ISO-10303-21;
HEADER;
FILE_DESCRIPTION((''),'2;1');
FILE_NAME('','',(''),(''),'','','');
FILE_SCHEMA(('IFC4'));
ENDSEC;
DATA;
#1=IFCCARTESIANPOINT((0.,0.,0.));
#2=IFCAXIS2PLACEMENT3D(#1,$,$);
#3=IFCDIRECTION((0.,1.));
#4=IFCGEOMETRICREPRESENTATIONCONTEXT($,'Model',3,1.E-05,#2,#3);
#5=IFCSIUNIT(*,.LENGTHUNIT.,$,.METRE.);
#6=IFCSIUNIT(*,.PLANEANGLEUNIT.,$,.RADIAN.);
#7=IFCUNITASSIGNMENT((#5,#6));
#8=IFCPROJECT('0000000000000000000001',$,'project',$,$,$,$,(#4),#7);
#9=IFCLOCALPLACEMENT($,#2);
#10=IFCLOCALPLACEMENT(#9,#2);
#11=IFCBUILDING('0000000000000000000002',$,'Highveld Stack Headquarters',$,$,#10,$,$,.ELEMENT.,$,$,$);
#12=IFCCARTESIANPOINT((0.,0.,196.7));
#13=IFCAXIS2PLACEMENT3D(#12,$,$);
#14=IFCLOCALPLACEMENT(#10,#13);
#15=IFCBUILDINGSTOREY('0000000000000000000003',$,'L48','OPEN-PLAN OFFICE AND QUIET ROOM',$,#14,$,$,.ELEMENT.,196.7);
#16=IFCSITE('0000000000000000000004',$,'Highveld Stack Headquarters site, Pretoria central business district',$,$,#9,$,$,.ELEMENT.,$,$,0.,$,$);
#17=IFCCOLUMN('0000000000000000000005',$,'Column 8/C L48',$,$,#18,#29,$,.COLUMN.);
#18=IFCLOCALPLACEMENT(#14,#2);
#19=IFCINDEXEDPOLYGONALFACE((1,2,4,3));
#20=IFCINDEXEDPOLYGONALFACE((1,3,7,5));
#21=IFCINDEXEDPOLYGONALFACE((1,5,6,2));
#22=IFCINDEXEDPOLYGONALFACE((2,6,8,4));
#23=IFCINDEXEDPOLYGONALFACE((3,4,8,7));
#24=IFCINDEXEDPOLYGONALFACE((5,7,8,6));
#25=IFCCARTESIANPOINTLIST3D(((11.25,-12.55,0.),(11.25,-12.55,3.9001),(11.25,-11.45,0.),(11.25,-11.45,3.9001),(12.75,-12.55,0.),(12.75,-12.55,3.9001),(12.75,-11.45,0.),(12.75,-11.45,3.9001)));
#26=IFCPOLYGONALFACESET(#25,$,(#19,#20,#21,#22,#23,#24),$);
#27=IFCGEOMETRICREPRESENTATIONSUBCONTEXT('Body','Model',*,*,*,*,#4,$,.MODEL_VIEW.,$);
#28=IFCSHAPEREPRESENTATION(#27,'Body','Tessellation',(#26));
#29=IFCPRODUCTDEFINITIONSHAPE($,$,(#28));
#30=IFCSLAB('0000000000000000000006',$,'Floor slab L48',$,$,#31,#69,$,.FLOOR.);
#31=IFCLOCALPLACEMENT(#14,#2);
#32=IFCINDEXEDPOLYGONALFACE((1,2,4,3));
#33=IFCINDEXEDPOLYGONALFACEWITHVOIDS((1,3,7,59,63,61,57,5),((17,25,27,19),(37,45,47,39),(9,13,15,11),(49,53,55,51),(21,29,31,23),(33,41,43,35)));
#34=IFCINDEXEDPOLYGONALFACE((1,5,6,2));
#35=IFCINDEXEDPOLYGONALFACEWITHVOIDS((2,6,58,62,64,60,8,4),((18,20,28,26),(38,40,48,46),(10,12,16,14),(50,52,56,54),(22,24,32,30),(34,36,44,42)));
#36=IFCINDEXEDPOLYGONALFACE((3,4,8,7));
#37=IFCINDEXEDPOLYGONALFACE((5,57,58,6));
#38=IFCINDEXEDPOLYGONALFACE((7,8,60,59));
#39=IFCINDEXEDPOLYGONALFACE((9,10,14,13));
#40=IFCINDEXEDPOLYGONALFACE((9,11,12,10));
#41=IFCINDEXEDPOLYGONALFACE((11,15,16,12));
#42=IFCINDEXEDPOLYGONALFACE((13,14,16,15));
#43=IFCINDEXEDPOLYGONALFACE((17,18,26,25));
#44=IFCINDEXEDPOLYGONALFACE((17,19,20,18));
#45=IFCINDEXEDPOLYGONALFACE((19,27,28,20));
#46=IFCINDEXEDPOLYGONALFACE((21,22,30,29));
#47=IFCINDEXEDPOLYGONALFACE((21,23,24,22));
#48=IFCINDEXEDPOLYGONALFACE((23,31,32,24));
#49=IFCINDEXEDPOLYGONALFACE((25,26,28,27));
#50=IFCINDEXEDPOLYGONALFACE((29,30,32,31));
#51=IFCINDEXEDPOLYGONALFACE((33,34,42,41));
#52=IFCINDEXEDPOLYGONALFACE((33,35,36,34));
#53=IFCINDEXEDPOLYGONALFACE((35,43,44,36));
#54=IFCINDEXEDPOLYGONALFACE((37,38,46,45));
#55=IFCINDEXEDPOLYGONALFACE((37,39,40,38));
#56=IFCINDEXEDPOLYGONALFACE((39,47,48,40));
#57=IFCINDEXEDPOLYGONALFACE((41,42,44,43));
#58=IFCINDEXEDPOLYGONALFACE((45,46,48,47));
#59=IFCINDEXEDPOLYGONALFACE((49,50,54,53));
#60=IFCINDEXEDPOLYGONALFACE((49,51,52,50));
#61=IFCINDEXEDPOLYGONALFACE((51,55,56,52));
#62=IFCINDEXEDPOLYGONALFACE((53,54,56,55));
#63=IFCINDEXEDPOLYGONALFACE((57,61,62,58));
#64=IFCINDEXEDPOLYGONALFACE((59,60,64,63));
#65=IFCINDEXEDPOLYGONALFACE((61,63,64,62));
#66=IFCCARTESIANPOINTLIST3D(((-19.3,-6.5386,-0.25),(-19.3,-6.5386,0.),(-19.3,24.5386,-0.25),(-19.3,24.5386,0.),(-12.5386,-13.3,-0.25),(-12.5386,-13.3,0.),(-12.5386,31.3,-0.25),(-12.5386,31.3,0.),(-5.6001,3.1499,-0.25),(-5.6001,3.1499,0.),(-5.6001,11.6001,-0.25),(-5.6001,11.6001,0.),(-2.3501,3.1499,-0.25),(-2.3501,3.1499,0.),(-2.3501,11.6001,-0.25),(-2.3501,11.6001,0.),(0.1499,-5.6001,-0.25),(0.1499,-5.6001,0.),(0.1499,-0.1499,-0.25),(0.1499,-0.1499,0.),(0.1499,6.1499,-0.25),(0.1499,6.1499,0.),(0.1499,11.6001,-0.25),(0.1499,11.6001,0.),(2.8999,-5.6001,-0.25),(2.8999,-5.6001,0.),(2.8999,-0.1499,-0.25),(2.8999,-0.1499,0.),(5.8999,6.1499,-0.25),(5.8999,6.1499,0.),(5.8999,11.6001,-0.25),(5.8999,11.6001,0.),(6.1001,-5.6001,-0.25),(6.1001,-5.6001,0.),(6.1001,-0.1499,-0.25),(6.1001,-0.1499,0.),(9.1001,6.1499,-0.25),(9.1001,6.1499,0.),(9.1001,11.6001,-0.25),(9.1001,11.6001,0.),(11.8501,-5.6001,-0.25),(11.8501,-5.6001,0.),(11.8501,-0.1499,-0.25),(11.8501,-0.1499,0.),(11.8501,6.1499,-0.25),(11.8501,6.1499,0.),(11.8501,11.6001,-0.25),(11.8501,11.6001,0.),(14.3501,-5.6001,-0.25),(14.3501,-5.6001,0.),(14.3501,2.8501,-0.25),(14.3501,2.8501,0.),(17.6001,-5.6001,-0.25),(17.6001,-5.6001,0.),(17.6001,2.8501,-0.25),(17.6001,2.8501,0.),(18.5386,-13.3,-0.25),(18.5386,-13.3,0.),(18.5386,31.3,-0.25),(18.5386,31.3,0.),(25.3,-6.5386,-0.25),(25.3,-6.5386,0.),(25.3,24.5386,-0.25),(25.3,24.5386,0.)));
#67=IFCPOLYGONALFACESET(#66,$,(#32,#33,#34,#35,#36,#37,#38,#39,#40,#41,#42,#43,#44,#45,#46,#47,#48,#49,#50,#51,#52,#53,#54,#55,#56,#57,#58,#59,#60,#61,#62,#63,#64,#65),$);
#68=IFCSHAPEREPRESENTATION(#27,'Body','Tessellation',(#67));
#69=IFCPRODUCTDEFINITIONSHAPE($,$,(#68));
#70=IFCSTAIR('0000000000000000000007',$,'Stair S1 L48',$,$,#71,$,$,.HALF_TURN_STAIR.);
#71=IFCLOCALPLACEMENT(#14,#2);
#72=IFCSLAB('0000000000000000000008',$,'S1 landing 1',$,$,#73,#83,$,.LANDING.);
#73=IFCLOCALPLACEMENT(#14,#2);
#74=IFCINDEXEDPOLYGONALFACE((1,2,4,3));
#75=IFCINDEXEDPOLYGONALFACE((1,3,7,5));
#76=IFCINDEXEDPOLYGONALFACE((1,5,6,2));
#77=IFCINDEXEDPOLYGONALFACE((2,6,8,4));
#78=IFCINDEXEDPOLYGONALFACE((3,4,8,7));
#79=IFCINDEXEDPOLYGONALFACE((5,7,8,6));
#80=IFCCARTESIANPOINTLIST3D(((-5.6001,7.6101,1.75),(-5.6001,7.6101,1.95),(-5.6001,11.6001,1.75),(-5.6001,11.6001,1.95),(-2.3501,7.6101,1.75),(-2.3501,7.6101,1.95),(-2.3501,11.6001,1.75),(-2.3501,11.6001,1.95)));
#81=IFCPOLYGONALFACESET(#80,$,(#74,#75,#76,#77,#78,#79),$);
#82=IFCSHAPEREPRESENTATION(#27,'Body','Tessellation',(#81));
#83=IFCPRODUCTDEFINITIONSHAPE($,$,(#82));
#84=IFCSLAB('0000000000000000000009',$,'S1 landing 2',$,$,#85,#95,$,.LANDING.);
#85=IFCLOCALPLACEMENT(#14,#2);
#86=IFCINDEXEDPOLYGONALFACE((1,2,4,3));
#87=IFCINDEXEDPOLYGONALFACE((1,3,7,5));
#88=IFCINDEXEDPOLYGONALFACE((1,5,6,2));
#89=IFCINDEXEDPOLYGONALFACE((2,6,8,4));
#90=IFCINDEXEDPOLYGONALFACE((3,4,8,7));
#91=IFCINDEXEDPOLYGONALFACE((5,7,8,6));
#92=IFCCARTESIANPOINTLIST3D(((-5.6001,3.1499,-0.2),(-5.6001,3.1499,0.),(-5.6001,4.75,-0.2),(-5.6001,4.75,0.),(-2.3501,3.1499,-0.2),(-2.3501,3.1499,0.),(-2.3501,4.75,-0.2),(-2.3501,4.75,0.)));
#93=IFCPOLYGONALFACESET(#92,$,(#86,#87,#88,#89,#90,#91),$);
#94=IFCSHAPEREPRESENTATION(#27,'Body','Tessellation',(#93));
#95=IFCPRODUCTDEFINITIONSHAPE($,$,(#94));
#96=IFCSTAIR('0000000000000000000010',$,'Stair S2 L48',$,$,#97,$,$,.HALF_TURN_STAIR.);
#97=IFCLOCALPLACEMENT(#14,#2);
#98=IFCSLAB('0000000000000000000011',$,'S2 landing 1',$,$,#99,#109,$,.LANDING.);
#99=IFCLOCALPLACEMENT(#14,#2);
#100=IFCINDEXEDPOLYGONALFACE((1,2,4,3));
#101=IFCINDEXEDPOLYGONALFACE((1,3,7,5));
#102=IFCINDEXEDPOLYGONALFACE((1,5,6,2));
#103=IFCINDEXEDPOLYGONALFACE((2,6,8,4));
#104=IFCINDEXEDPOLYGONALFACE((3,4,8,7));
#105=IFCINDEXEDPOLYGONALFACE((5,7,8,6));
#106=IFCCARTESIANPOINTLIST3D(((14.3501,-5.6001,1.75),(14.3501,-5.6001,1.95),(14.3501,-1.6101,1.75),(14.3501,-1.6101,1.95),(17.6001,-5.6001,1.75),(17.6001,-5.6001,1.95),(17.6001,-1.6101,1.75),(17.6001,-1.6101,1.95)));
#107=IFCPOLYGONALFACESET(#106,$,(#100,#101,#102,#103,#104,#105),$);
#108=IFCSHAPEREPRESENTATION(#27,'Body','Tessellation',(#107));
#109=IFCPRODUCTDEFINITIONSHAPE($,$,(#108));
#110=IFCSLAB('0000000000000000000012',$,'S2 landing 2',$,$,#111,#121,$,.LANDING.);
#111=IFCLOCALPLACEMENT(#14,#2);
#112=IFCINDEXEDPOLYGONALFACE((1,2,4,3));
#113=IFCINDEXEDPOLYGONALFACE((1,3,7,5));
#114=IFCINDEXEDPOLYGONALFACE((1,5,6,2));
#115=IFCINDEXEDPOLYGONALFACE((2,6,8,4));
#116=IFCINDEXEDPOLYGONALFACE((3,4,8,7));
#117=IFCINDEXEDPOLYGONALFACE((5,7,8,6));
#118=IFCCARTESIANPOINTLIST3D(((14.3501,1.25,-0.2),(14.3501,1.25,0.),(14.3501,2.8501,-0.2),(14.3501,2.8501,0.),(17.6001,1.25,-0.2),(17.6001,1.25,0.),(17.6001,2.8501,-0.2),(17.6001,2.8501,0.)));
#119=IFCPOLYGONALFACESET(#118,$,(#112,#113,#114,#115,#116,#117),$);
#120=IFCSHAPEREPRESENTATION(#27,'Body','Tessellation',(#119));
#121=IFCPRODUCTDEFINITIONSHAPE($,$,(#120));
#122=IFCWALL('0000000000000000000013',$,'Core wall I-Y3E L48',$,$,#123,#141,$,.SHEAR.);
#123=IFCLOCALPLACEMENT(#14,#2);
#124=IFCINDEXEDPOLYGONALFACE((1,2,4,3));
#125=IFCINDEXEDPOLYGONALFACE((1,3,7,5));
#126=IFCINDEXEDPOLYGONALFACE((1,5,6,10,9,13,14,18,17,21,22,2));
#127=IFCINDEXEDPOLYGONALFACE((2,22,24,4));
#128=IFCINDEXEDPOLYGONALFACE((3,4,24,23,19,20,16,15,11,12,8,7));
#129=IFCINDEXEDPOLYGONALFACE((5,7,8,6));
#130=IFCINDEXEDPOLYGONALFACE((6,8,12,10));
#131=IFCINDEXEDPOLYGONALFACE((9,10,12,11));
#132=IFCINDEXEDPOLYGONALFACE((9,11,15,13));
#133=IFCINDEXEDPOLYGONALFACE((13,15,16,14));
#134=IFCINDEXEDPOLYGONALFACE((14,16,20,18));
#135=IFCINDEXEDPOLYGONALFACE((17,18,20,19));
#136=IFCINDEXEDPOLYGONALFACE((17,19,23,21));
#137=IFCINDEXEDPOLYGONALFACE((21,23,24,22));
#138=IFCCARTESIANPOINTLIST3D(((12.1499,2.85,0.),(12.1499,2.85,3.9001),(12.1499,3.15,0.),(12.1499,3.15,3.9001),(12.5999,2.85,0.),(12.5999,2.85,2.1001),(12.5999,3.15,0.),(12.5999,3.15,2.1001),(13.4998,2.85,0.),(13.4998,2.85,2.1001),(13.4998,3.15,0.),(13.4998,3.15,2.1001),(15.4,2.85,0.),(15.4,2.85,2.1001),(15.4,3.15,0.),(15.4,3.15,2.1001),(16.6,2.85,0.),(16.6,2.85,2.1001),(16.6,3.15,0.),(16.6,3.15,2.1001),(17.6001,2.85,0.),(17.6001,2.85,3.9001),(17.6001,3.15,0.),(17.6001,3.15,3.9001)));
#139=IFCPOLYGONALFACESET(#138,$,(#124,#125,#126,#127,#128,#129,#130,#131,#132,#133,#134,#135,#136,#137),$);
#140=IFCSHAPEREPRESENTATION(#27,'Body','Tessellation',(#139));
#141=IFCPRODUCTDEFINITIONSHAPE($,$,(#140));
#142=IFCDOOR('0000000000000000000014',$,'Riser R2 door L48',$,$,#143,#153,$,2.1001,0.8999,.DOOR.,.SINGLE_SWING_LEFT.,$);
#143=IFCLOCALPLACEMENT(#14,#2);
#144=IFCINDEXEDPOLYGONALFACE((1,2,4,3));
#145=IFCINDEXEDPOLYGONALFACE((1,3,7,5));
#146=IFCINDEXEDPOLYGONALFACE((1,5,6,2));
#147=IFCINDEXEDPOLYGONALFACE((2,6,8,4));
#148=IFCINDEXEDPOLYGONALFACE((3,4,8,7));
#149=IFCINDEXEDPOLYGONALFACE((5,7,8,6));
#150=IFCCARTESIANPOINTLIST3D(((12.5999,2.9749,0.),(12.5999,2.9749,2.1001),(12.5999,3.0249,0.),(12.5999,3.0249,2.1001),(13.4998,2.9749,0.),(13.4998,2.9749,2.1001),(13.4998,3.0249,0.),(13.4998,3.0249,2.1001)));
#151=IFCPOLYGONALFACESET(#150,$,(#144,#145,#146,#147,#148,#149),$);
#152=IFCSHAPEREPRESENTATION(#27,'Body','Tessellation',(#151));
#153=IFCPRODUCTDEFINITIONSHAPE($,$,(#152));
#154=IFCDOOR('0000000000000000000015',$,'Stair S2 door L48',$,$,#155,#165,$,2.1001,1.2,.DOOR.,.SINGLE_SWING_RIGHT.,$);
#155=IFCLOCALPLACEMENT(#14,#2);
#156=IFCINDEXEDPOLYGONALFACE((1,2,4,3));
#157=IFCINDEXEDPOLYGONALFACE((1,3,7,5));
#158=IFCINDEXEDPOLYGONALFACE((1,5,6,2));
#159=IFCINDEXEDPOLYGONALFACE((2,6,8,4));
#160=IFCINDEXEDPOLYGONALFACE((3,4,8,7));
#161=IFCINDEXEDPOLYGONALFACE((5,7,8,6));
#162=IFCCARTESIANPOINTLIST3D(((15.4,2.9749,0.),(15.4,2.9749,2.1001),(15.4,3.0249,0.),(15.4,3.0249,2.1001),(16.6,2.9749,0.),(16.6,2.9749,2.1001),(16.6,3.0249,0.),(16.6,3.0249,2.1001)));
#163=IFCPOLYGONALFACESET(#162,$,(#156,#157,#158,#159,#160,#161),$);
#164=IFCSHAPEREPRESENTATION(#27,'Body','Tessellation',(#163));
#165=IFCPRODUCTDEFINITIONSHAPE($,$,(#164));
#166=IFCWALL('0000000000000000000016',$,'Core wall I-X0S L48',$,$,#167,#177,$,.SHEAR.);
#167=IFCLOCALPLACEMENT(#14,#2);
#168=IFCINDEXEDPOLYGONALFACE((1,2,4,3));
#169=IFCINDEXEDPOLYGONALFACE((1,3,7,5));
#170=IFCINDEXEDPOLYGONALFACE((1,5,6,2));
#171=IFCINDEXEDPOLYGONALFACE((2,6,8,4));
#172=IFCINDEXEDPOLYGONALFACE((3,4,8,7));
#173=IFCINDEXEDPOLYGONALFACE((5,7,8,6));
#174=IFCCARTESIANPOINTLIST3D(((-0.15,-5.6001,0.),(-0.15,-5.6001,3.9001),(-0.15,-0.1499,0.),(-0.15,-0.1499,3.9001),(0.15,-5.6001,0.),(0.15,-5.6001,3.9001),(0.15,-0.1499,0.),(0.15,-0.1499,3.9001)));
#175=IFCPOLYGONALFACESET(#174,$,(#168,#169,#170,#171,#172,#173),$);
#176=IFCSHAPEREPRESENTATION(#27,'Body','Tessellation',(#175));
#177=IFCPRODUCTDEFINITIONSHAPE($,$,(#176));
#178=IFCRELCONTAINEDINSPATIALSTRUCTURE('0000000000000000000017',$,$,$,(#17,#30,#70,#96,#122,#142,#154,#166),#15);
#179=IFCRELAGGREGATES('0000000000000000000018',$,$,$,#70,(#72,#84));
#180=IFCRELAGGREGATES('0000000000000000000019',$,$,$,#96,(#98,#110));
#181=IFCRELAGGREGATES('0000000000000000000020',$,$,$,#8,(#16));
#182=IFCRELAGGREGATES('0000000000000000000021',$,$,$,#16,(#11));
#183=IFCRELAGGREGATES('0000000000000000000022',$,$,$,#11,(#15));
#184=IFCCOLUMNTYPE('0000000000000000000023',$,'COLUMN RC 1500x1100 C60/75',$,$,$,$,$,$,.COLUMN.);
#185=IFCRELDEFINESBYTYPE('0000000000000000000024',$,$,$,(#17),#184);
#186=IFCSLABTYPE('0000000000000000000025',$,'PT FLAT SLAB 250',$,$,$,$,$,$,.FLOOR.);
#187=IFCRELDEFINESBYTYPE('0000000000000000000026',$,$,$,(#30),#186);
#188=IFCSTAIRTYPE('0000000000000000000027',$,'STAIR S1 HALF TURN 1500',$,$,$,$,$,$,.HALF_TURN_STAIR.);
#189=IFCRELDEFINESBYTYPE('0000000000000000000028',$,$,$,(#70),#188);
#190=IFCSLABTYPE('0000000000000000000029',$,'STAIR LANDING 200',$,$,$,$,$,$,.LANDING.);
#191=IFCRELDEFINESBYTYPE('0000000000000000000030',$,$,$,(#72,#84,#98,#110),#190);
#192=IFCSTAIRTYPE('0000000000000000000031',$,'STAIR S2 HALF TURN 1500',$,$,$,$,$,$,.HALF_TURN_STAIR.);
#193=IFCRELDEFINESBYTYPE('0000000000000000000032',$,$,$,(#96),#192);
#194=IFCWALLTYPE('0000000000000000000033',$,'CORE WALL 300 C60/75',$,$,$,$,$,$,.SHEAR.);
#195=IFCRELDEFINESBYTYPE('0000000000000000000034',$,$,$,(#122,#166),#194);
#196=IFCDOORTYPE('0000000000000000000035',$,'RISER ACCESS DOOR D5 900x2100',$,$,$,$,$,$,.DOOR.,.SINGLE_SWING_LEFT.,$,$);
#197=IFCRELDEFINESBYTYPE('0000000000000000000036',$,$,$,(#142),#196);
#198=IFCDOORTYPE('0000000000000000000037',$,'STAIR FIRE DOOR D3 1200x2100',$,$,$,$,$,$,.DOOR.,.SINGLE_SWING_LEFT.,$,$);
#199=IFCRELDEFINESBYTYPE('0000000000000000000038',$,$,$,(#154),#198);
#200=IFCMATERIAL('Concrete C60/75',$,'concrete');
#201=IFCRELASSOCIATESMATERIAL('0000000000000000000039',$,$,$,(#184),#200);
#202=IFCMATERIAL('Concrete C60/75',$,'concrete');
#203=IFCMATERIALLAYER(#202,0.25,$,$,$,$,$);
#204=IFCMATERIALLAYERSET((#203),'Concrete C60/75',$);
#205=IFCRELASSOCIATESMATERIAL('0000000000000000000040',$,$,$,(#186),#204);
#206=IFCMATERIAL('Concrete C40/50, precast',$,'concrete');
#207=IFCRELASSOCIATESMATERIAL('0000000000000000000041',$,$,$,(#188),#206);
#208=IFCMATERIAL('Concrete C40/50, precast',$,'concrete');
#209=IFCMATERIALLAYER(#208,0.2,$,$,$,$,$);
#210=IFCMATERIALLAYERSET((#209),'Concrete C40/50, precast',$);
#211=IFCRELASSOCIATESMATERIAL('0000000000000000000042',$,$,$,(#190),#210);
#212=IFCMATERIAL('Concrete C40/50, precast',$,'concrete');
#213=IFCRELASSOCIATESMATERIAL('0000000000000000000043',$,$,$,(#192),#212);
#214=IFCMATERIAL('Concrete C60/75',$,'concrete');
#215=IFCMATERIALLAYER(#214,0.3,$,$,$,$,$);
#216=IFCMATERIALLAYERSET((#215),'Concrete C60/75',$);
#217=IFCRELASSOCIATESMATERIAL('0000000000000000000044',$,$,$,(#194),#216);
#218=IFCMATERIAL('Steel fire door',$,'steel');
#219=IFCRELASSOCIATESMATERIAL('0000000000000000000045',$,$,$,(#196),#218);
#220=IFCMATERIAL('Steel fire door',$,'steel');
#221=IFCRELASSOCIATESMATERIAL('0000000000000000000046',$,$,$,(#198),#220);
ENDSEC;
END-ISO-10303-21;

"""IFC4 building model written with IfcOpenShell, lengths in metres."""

from ifc_helpers import new_model, si_unit, direction, frame, frame_2d, origin, origin_2d, place, context, subcontext, project, spatial, polyline, rectangle, outline, extrude, material, layer, layer_set, material_profile, profile_set, type_object, element, fill, aggregate, save


model = new_model("IFC4")

# Units and contexts
model_context = context("Model", 3, precision=1e-05, world=origin(), true_north=direction((0.0, 1.0)))
body_context = subcontext(model_context, "Body", "Model", "MODEL_VIEW")
ifc_project = project(units=[si_unit("LENGTHUNIT", "METRE"), si_unit("PLANEANGLEUNIT", "RADIAN")], contexts=[model_context])

# Site, building, storey
site_placement = place(None, origin())
site = spatial("IfcSite", under=ifc_project, at=site_placement, Name="Highveld Stack Headquarters site, Pretoria central business district", CompositionType="ELEMENT", RefElevation=0.0)
building_placement = place(site_placement, origin())
building = spatial("IfcBuilding", under=site, at=building_placement, Name="Highveld Stack Headquarters", CompositionType="ELEMENT")
storey_placement = place(building_placement, frame((0.0, 0.0, 196.7)))
storey = spatial("IfcBuildingStorey", under=building, at=storey_placement, Name="L48", Description="OPEN-PLAN OFFICE AND QUIET ROOM", CompositionType="ELEMENT", Elevation=196.7)

# Column
ifc_material_1 = material(Name="Concrete C60/75", Category="concrete")
ifc_material_profile = material_profile(ifc_material_1, rectangle(XDim=1.5, YDim=1.1001, at=origin_2d()), Name="RC 1500x1100")
ifc_profile_set = profile_set([ifc_material_profile], Name="Concrete C60/75")
column_type = type_object("IfcColumnType", Name="COLUMN RC 1500x1100 C60/75", PredefinedType="COLUMN", material=ifc_profile_set)
column_placement = place(storey_placement, frame((12.0, -12.0, 0.0), z_axis=(0.0, 0.0, 1.0), x_axis=(1.0, 0.0, 0.0)))
element("IfcColumn", 1, at=column_placement, inside=storey, type_object=column_type, Name="Column 8/C L48", PredefinedType="COLUMN", context=body_context, shape_type="SweptSolid", body=[
    extrude(rectangle(XDim=1.5, YDim=1.1001, at=origin_2d()), origin(), (0.0, 0.0, 1.0), 3.9001),
])

# Slab
ifc_material_2 = material(Name="Concrete C60/75", Category="concrete")
ifc_layer_1 = layer(ifc_material_2, 0.25)
ifc_layer_set_1 = layer_set([ifc_layer_1], Name="Concrete C60/75")
slab_type_1 = type_object("IfcSlabType", Name="PT FLAT SLAB 250", PredefinedType="FLOOR", material=ifc_layer_set_1)
slab_1_placement = place(storey_placement, frame((0.0, 0.0, -0.25)))
element("IfcSlab", 2, at=slab_1_placement, inside=storey, type_object=slab_type_1, Name="Floor slab L48", PredefinedType="FLOOR", context=body_context, shape_type="SweptSolid", body=[
    extrude(outline(polyline([(-12.5386, -13.3), (18.5386, -13.3), (25.3, -6.5386), (25.3, 24.5386), (18.5386, 31.3), (-12.5386, 31.3), (-19.3, 24.5386), (-19.3, -6.5386), (-12.5386, -13.3)]), holes=[polyline([(0.1499, 6.1499), (5.8999, 6.1499), (5.8999, 11.6001), (0.1499, 11.6001), (0.1499, 6.1499)]), polyline([(9.1001, 6.1499), (11.8501, 6.1499), (11.8501, 11.6001), (9.1001, 11.6001), (9.1001, 6.1499)]), polyline([(6.1001, -5.6001), (11.8501, -5.6001), (11.8501, -0.1499), (6.1001, -0.1499), (6.1001, -5.6001)]), polyline([(0.1499, -5.6001), (2.8999, -5.6001), (2.8999, -0.1499), (0.1499, -0.1499), (0.1499, -5.6001)]), polyline([(-5.6001, 3.1499), (-2.3501, 3.1499), (-2.3501, 11.6001), (-5.6001, 11.6001), (-5.6001, 3.1499)]), polyline([(14.3501, -5.6001), (17.6001, -5.6001), (17.6001, 2.8501), (14.3501, 2.8501), (14.3501, -5.6001)])]), origin(), (0.0, 0.0, 1.0), 0.25),
])

# Stairs, slabs
ifc_material_3 = material(Name="Concrete C40/50, precast", Category="concrete")
stair_type_1 = type_object("IfcStairType", Name="STAIR S1 HALF TURN 1500", PredefinedType="HALF_TURN_STAIR", material=ifc_material_3)
stair_1_placement = place(storey_placement, origin())
stair_1 = element("IfcStair", 3, at=stair_1_placement, inside=storey, type_object=stair_type_1, Name="Stair S1 L48", PredefinedType="HALF_TURN_STAIR")
ifc_material_4 = material(Name="Concrete C40/50, precast", Category="concrete")
ifc_layer_2 = layer(ifc_material_4, 0.2)
ifc_layer_set_2 = layer_set([ifc_layer_2], Name="Concrete C40/50, precast")
slab_type_2 = type_object("IfcSlabType", Name="STAIR LANDING 200", PredefinedType="LANDING", material=ifc_layer_set_2)
slab_2_placement = place(storey_placement, frame((0.0, 0.0, 1.75)))
slab_2 = element("IfcSlab", 4, at=slab_2_placement, type_object=slab_type_2, Name="S1 landing 1", PredefinedType="LANDING", context=body_context, shape_type="SweptSolid", body=[
    extrude(outline(polyline([(-5.6001, 7.6101), (-2.3501, 7.6101), (-2.3501, 11.6001), (-5.6001, 11.6001), (-5.6001, 7.6101)])), origin(), (0.0, 0.0, 1.0), 0.2),
])
slab_3_placement = place(storey_placement, frame((0.0, 0.0, -0.2)))
slab_3 = element("IfcSlab", 5, at=slab_3_placement, type_object=slab_type_2, Name="S1 landing 2", PredefinedType="LANDING", context=body_context, shape_type="SweptSolid", body=[
    extrude(outline(polyline([(-5.6001, 3.1499), (-2.3501, 3.1499), (-2.3501, 4.75), (-5.6001, 4.75), (-5.6001, 3.1499)])), origin(), (0.0, 0.0, 1.0), 0.2),
])
aggregate(stair_1, [slab_2, slab_3])
ifc_material_5 = material(Name="Concrete C40/50, precast", Category="concrete")
stair_type_2 = type_object("IfcStairType", Name="STAIR S2 HALF TURN 1500", PredefinedType="HALF_TURN_STAIR", material=ifc_material_5)
stair_2_placement = place(storey_placement, origin())
stair_2 = element("IfcStair", 6, at=stair_2_placement, inside=storey, type_object=stair_type_2, Name="Stair S2 L48", PredefinedType="HALF_TURN_STAIR")
slab_4_placement = place(storey_placement, frame((0.0, 0.0, 1.75)))
slab_4 = element("IfcSlab", 7, at=slab_4_placement, type_object=slab_type_2, Name="S2 landing 1", PredefinedType="LANDING", context=body_context, shape_type="SweptSolid", body=[
    extrude(outline(polyline([(14.3501, -5.6001), (17.6001, -5.6001), (17.6001, -1.6101), (14.3501, -1.6101), (14.3501, -5.6001)])), origin(), (0.0, 0.0, 1.0), 0.2),
])
slab_5_placement = place(storey_placement, frame((0.0, 0.0, -0.2)))
slab_5 = element("IfcSlab", 8, at=slab_5_placement, type_object=slab_type_2, Name="S2 landing 2", PredefinedType="LANDING", context=body_context, shape_type="SweptSolid", body=[
    extrude(outline(polyline([(14.3501, 1.25), (17.6001, 1.25), (17.6001, 2.8501), (14.3501, 2.8501), (14.3501, 1.25)])), origin(), (0.0, 0.0, 1.0), 0.2),
])

# Wall, openings, doors
ifc_material_6 = material(Name="Concrete C60/75", Category="concrete")
ifc_layer_3 = layer(ifc_material_6, 0.3)
ifc_layer_set_3 = layer_set([ifc_layer_3], Name="Concrete C60/75")
wall_type_1 = type_object("IfcWallType", Name="CORE WALL 300 C60/75", PredefinedType="SHEAR", material=ifc_layer_set_3)
wall_1_placement = place(storey_placement, frame((12.1499, 3.0, 0.0), z_axis=(0.0, 0.0, 1.0), x_axis=(1.0, 0.0, 0.0)))
wall_1 = element("IfcWall", 9, at=wall_1_placement, inside=storey, type_object=wall_type_1, Name="Core wall I-Y3E L48", PredefinedType="SHEAR", context=body_context, shape_type="SweptSolid", body=[
    extrude(rectangle(XDim=5.4502, YDim=0.3, at=frame_2d((2.7251, 0.0))), origin(), (0.0, 0.0, 1.0), 3.9001),
])
opening_1_placement = place(wall_1_placement, frame((3.25, 0.0, 0.0)))
opening_1 = element("IfcOpeningElement", 10, at=opening_1_placement, cuts=wall_1, PredefinedType="OPENING", context=body_context, shape_type="SweptSolid", body=[
    extrude(rectangle(XDim=1.2, YDim=2.1001, at=frame_2d((0.6001, 1.05))), frame((0.0, 0.1599, 0.0), z_axis=(0.0, -1.0, 0.0), x_axis=(1.0, 0.0, 0.0)), (0.0, 0.0, 1.0), 0.3201),
])
opening_2_placement = place(wall_1_placement, frame((0.45, 0.0, 0.0)))
opening_2 = element("IfcOpeningElement", 11, at=opening_2_placement, cuts=wall_1, PredefinedType="OPENING", context=body_context, shape_type="SweptSolid", body=[
    extrude(rectangle(XDim=0.8999, YDim=2.1001, at=frame_2d((0.45, 1.05))), frame((0.0, 0.1599, 0.0), z_axis=(0.0, -1.0, 0.0), x_axis=(1.0, 0.0, 0.0)), (0.0, 0.0, 1.0), 0.3201),
])
ifc_material_7 = material(Name="Steel fire door", Category="steel")
door_type_1 = type_object("IfcDoorType", Name="RISER ACCESS DOOR D5 900x2100", OperationType="SINGLE_SWING_LEFT", PredefinedType="DOOR", material=ifc_material_7)
door_1_placement = place(opening_2_placement, origin())
door_1 = element("IfcDoor", 12, at=door_1_placement, inside=storey, type_object=door_type_1, Name="Riser R2 door L48", OperationType="SINGLE_SWING_LEFT", OverallHeight=2.1001, OverallWidth=0.8999, PredefinedType="DOOR", context=body_context, shape_type="SweptSolid", body=[
    extrude(rectangle(XDim=0.8999, YDim=2.1001, at=frame_2d((0.45, 1.05))), frame((0.0, 0.0249, 0.0), z_axis=(0.0, -1.0, 0.0), x_axis=(1.0, 0.0, 0.0)), (0.0, 0.0, 1.0), 0.05),
])
fill(opening_2, door_1)
ifc_material_8 = material(Name="Steel fire door", Category="steel")
door_type_2 = type_object("IfcDoorType", Name="STAIR FIRE DOOR D3 1200x2100", OperationType="SINGLE_SWING_LEFT", PredefinedType="DOOR", material=ifc_material_8)
door_2_placement = place(opening_1_placement, origin())
door_2 = element("IfcDoor", 13, at=door_2_placement, inside=storey, type_object=door_type_2, Name="Stair S2 door L48", OperationType="SINGLE_SWING_RIGHT", OverallHeight=2.1001, OverallWidth=1.2, PredefinedType="DOOR", context=body_context, shape_type="SweptSolid", body=[
    extrude(rectangle(XDim=1.2, YDim=2.1001, at=frame_2d((0.6001, 1.05))), frame((0.0, 0.0249, 0.0), z_axis=(0.0, -1.0, 0.0), x_axis=(1.0, 0.0, 0.0)), (0.0, 0.0, 1.0), 0.05),
])
fill(opening_1, door_2)

# Wall
wall_2_placement = place(storey_placement, frame((0.0, -5.6001, 0.0), z_axis=(0.0, 0.0, 1.0), x_axis=(0.0, 1.0, 0.0)))
element("IfcWall", 14, at=wall_2_placement, inside=storey, type_object=wall_type_1, Name="Core wall I-X0S L48", PredefinedType="SHEAR", context=body_context, shape_type="SweptSolid", body=[
    extrude(rectangle(XDim=5.4502, YDim=0.3, at=frame_2d((2.7251, 0.0))), origin(), (0.0, 0.0, 1.0), 3.9001),
])

aggregate(stair_2, [slab_4, slab_5])

save(model, "model.ifc")
